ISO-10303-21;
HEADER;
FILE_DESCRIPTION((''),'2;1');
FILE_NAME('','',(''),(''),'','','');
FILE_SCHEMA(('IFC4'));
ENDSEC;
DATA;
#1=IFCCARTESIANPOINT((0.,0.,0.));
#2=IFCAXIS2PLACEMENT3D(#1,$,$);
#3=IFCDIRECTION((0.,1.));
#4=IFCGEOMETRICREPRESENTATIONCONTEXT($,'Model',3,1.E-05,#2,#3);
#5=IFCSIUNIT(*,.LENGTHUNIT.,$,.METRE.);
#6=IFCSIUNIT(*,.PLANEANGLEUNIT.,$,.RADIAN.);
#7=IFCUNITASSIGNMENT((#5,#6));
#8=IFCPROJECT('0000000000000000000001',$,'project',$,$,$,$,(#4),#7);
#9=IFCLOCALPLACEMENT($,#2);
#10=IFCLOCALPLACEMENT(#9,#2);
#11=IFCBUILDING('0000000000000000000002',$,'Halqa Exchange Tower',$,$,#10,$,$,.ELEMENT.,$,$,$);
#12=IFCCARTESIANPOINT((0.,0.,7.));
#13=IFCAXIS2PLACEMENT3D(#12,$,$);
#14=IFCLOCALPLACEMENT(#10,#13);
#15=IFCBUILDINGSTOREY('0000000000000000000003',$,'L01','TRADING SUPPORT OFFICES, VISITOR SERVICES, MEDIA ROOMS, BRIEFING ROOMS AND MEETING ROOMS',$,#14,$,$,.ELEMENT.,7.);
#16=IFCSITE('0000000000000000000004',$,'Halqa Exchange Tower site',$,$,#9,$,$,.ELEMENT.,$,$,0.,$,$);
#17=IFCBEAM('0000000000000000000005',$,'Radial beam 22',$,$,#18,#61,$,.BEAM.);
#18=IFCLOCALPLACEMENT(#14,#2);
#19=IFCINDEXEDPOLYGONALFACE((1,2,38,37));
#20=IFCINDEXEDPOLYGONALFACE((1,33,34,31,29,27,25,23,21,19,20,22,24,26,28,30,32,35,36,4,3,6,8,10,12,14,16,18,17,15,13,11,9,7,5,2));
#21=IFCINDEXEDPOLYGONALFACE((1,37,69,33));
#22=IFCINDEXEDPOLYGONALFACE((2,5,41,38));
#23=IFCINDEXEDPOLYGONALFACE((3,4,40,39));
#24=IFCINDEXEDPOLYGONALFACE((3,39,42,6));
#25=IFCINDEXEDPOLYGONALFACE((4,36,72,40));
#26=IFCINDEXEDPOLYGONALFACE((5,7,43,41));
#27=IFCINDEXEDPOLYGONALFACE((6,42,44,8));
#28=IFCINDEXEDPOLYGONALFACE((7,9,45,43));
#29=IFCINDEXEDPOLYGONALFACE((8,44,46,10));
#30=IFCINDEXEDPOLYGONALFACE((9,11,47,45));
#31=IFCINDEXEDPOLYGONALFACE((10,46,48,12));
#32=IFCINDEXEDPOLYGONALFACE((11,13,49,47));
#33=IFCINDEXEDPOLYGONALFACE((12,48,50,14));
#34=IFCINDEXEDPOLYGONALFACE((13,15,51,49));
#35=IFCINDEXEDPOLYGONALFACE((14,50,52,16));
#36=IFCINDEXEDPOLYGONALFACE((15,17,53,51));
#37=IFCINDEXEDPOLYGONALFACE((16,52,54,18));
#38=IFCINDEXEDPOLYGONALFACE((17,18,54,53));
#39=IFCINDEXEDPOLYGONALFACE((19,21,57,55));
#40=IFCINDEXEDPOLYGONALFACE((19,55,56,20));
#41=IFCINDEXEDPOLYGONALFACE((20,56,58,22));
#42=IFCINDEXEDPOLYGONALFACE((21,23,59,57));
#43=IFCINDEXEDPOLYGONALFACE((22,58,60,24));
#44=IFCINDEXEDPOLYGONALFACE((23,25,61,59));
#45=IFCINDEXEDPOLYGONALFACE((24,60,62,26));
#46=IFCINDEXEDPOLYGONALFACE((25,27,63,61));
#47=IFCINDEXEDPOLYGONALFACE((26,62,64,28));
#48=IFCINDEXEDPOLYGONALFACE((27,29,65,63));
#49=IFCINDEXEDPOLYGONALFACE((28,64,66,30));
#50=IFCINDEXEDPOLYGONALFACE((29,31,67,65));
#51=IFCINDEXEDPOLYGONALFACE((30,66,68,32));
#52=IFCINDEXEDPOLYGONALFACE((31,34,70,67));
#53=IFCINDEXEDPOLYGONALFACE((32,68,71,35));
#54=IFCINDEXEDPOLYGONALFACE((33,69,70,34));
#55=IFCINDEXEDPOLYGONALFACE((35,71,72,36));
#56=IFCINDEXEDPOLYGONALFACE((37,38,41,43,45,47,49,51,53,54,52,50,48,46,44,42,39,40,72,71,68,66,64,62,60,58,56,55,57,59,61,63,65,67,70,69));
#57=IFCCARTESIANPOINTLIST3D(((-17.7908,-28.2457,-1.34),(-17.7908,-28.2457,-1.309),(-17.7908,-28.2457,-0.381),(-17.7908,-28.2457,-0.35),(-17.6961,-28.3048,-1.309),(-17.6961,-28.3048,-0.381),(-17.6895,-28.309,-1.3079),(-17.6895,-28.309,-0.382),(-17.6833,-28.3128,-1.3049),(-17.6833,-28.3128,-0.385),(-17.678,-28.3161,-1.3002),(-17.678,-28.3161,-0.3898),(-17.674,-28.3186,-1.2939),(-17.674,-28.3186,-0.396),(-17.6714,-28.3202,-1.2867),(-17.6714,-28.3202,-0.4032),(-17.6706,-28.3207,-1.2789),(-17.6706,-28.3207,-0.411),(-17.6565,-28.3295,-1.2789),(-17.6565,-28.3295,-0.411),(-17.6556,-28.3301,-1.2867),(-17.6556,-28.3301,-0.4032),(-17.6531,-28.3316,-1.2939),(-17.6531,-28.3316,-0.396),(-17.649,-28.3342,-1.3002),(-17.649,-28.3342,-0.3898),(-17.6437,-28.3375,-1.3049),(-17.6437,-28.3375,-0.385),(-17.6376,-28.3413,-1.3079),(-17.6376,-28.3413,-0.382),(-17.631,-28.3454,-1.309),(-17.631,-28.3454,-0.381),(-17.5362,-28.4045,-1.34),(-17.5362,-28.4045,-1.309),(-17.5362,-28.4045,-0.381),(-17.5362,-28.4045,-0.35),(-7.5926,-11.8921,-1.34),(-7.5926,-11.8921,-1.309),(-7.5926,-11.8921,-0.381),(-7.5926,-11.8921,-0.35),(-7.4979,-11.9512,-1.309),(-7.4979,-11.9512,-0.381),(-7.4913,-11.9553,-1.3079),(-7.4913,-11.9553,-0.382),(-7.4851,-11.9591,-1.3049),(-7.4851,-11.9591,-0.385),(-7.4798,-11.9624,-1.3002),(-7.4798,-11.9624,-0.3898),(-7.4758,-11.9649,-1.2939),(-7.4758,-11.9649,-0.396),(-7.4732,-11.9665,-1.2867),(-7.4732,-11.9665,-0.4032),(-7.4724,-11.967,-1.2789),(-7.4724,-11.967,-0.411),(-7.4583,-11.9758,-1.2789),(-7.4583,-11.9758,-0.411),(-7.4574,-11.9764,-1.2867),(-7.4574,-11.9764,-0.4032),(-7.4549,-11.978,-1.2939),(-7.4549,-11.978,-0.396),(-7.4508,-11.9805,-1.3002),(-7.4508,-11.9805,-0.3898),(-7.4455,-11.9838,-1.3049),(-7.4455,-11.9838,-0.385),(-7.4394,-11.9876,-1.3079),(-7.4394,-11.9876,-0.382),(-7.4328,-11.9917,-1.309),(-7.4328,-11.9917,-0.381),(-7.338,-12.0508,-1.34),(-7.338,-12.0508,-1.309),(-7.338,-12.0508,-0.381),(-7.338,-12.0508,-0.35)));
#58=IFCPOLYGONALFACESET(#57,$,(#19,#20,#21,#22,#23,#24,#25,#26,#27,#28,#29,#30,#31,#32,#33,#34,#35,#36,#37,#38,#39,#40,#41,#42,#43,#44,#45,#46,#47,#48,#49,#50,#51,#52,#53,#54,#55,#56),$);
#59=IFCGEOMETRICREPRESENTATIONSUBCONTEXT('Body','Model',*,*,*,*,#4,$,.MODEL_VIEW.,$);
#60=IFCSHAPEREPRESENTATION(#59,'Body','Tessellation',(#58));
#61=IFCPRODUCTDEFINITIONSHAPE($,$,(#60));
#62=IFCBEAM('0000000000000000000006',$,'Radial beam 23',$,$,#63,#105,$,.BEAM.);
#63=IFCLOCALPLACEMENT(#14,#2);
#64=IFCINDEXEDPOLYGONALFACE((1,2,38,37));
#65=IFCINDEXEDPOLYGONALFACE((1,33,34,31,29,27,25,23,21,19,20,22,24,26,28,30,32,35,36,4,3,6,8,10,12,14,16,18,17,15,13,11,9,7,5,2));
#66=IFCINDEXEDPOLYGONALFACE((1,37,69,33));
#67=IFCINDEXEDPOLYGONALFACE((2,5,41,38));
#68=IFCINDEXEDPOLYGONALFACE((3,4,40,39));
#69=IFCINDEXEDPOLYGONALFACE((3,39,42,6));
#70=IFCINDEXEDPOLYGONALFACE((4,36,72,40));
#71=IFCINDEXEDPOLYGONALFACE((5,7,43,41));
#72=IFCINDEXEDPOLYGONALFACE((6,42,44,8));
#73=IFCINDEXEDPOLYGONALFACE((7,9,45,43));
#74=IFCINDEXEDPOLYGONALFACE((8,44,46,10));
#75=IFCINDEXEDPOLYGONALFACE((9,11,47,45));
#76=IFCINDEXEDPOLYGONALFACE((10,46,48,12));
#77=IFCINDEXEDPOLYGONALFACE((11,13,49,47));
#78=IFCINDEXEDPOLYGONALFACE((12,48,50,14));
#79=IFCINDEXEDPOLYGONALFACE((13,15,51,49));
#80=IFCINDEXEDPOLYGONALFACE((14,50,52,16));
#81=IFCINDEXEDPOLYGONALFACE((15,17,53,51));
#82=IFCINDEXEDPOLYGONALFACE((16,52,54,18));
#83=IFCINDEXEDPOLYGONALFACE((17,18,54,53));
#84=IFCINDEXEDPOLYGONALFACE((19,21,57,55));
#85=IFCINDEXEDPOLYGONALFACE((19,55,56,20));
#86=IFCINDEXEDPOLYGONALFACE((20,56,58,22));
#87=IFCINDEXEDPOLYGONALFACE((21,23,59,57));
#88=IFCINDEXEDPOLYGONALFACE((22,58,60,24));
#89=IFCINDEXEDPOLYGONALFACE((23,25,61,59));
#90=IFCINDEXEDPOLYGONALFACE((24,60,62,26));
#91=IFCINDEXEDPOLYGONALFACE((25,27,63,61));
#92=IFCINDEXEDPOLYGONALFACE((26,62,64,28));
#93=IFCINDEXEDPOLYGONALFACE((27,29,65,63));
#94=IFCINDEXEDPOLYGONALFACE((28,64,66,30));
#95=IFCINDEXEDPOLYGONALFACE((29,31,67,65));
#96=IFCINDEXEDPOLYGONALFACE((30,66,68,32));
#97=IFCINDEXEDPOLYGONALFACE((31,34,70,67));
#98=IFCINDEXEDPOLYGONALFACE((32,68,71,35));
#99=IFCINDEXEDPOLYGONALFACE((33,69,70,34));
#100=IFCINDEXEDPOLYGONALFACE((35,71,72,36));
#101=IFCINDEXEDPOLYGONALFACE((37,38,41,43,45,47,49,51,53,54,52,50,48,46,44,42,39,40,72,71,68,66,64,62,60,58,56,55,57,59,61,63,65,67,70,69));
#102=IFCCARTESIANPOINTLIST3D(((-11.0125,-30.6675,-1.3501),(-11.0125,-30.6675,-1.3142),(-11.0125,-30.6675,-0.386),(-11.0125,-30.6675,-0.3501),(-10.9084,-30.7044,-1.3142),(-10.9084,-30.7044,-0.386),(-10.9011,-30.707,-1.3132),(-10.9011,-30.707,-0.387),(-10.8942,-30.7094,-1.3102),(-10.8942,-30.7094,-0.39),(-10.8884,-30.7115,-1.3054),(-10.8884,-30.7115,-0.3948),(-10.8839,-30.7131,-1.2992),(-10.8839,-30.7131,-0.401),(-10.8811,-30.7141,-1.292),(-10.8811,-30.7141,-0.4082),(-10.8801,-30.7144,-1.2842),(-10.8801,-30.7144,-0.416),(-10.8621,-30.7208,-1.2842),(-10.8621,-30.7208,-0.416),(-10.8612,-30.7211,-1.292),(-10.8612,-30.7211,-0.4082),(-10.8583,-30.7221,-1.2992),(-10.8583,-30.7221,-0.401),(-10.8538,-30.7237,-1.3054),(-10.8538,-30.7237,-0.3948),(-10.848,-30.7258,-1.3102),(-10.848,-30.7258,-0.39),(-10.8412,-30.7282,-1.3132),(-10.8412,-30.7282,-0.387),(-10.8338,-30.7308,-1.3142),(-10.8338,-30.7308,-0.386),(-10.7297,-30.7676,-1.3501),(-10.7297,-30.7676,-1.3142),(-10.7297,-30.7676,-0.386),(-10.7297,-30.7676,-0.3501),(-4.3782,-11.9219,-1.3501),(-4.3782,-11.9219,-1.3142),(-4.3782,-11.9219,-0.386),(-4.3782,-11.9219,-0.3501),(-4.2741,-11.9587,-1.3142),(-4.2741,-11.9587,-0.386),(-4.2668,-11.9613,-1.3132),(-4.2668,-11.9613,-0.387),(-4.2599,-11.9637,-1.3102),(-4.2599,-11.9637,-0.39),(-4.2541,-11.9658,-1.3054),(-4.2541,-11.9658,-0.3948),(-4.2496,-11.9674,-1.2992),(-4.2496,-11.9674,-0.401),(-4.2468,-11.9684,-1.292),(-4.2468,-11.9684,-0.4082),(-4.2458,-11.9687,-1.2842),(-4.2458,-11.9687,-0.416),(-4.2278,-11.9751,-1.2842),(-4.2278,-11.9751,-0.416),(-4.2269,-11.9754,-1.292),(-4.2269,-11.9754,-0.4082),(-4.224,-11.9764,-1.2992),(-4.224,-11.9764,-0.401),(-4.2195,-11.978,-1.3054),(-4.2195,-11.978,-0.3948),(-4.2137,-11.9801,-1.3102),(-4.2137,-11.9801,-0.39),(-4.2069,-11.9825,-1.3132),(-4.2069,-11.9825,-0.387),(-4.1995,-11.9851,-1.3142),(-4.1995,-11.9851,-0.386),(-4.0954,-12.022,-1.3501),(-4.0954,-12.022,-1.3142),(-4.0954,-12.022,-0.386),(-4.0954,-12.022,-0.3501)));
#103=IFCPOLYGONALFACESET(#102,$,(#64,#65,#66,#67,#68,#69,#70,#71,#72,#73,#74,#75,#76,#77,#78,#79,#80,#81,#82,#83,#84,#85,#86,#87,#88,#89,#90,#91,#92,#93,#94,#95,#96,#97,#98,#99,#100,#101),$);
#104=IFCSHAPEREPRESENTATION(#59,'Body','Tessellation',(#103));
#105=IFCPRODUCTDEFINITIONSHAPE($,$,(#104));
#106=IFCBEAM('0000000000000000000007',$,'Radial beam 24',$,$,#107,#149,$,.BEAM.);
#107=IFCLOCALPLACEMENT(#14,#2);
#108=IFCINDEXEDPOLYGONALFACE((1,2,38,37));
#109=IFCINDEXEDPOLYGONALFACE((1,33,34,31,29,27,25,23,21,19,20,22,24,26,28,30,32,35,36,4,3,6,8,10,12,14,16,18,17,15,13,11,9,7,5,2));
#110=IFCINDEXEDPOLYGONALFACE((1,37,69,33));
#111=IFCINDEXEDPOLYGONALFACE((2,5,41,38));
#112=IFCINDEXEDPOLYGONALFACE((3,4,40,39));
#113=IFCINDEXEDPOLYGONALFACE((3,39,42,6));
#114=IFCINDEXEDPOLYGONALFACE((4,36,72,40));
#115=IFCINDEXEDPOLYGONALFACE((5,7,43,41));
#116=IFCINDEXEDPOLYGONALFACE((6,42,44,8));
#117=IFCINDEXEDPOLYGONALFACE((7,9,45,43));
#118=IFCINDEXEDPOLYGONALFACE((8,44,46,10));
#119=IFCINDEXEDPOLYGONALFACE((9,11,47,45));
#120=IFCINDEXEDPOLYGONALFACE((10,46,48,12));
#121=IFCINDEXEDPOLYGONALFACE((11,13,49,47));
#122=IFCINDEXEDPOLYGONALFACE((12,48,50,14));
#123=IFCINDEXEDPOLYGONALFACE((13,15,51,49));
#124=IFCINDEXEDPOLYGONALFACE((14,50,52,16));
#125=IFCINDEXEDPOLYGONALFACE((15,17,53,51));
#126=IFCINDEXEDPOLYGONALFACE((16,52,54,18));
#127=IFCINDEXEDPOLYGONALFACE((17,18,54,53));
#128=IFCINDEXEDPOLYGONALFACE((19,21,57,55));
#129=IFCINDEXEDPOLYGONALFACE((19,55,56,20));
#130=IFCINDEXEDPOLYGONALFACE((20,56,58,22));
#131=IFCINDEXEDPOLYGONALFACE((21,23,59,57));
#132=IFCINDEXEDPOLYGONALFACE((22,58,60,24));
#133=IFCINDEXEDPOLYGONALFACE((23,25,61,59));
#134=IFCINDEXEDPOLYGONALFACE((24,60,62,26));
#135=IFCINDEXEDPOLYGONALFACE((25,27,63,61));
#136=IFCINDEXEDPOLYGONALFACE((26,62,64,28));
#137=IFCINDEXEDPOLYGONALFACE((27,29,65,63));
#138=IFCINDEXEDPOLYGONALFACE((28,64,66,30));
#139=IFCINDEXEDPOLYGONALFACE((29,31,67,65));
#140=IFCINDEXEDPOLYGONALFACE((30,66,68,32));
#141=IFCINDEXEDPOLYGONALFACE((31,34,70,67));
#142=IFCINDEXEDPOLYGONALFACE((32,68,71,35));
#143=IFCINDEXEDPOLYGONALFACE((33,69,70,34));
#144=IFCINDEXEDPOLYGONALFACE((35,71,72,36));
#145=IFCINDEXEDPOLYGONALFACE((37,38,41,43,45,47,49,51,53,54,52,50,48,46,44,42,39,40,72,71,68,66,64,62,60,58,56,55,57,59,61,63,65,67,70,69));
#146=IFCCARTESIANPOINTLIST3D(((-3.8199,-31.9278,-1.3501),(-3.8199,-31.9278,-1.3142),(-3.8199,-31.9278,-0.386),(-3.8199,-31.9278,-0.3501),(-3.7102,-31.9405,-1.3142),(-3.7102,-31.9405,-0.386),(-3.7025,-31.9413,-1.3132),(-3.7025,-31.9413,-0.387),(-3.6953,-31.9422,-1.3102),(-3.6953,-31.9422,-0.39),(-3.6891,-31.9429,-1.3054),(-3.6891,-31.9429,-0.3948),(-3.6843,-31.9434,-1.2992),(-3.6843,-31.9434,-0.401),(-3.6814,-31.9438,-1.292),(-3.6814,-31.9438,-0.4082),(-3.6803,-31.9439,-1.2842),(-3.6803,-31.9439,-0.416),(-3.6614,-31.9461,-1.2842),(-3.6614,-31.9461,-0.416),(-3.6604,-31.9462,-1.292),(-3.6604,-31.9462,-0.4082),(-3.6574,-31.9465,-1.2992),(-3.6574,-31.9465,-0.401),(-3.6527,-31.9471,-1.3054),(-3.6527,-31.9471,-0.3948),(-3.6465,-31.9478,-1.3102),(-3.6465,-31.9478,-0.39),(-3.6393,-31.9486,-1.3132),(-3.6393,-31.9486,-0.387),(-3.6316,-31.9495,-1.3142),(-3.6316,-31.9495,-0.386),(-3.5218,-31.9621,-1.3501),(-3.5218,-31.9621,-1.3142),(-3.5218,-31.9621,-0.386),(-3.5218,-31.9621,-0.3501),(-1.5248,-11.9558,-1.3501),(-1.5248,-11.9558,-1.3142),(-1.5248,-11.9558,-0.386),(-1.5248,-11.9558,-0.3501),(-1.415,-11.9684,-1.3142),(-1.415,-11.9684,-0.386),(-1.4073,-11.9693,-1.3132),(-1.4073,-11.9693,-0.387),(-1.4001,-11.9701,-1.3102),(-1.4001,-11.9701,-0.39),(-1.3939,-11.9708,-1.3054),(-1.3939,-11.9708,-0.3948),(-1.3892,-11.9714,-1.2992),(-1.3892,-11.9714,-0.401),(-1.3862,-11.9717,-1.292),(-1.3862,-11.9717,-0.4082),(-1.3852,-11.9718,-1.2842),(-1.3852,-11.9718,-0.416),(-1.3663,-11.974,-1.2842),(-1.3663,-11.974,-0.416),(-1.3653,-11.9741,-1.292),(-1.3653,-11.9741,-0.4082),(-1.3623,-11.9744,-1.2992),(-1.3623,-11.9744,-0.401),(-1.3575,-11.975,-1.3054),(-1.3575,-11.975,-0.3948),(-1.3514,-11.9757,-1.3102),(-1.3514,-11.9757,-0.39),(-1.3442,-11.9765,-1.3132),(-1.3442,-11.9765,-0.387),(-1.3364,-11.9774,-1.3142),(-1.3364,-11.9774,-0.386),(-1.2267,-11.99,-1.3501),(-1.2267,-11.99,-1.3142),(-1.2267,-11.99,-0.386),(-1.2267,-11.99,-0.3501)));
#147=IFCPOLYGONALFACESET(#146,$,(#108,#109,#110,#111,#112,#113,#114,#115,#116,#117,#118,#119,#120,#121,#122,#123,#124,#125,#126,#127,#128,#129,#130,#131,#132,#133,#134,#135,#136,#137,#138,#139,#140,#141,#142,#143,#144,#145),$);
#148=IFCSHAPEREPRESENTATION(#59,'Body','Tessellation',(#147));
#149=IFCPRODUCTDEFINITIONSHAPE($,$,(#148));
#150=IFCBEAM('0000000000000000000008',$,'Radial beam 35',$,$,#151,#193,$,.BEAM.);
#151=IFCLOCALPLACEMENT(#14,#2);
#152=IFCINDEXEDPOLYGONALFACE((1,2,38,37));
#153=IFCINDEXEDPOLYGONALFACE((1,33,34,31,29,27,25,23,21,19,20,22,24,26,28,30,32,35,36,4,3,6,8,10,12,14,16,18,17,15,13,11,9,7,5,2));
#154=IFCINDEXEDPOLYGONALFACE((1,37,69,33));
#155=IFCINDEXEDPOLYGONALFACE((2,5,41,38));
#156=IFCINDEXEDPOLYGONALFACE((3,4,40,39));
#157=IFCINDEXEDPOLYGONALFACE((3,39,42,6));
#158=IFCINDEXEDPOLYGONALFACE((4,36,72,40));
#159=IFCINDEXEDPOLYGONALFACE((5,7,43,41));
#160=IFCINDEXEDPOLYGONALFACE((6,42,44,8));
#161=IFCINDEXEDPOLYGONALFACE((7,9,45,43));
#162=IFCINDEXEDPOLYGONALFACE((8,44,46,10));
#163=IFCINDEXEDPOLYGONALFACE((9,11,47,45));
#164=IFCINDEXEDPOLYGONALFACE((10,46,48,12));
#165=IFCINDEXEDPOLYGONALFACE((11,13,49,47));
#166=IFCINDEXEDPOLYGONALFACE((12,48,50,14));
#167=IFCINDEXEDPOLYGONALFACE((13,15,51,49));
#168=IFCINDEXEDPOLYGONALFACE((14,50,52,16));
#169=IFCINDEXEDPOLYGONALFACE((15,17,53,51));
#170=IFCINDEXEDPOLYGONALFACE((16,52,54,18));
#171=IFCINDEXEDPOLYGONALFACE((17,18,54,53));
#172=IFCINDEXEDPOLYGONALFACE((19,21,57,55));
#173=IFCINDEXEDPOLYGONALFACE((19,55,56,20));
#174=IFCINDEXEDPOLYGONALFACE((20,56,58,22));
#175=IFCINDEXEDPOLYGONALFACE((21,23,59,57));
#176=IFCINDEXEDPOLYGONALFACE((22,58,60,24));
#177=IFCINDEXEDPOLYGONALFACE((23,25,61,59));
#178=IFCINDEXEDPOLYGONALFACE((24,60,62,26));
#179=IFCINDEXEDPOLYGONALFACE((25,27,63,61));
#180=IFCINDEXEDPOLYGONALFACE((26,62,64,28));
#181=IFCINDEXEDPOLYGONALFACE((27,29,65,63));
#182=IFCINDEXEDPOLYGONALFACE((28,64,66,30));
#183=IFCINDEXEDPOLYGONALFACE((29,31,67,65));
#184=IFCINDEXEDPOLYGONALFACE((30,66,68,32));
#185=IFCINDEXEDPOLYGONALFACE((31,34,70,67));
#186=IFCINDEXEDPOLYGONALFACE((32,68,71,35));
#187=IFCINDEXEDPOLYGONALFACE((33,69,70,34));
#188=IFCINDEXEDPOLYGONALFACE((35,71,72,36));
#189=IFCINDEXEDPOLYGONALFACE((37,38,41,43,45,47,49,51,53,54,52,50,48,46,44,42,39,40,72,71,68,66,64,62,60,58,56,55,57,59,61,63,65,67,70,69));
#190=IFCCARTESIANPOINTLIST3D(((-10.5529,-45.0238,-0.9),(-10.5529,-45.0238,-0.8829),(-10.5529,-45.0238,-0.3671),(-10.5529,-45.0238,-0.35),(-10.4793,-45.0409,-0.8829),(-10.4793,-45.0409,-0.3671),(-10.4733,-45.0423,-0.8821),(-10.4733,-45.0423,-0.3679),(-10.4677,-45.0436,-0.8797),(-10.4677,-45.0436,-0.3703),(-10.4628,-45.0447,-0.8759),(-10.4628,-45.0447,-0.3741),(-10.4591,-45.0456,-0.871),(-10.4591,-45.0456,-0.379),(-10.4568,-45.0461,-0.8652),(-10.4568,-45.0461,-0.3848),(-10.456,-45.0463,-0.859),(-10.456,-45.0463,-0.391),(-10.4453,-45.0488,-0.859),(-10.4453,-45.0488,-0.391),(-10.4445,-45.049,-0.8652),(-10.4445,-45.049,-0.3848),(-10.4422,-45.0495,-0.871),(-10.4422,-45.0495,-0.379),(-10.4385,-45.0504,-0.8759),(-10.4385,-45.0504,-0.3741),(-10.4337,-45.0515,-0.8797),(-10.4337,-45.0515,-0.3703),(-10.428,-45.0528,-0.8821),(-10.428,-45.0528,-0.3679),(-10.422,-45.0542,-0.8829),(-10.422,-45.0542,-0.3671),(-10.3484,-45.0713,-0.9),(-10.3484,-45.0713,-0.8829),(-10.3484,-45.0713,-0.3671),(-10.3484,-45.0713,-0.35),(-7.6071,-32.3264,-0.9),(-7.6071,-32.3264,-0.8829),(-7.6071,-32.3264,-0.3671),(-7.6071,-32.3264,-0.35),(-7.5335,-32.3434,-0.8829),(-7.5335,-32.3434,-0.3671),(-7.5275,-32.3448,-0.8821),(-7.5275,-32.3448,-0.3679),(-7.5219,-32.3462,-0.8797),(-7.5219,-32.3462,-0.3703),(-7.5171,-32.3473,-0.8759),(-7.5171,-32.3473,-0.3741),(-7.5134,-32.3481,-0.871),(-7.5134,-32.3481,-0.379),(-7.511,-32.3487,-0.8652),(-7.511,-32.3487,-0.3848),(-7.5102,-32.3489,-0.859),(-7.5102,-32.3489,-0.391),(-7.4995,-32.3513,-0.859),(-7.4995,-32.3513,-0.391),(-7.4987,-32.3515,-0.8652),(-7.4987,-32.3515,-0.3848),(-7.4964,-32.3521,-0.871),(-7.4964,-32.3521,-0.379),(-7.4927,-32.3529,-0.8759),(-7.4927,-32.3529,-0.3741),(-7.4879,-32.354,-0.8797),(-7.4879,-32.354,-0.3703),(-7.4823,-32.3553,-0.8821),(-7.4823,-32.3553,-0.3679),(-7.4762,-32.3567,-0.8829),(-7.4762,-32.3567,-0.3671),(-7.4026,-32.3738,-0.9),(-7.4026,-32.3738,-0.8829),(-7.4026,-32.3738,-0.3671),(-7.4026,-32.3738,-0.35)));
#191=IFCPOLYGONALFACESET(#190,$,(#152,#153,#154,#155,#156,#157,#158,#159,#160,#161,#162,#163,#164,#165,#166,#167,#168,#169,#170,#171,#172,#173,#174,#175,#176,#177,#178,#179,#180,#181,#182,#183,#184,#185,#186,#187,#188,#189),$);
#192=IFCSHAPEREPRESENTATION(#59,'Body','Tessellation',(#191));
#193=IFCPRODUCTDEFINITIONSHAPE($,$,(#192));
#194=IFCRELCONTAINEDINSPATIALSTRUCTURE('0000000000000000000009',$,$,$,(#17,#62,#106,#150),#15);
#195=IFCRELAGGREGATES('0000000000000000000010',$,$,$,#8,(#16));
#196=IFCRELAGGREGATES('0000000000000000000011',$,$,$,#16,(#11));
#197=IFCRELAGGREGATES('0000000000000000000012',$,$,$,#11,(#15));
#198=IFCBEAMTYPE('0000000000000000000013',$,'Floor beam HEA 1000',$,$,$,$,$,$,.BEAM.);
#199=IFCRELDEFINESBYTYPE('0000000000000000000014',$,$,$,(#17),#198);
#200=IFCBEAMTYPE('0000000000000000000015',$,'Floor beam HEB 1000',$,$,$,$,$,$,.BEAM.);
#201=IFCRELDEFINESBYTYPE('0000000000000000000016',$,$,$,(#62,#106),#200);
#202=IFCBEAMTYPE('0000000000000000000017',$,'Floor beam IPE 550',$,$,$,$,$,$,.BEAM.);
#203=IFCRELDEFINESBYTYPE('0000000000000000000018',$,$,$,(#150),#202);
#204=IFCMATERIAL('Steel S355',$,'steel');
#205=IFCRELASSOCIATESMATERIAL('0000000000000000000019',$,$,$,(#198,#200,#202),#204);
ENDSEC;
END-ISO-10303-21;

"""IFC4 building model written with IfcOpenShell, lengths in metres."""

from ifc_helpers import new_model, si_unit, direction, frame, origin, origin_2d, place, context, subcontext, project, spatial, i_section, extrude, material, material_profile, profile_set, type_object, element, save


model = new_model("IFC4")

# Units and contexts
model_context = context("Model", 3, precision=1e-05, world=origin(), true_north=direction((0.0, 1.0)))
body_context = subcontext(model_context, "Body", "Model", "MODEL_VIEW")
ifc_project = project(units=[si_unit("LENGTHUNIT", "METRE"), si_unit("PLANEANGLEUNIT", "RADIAN")], contexts=[model_context])

# Site, building, storey
site_placement = place(None, origin())
site = spatial("IfcSite", under=ifc_project, at=site_placement, Name="Halqa Exchange Tower site", CompositionType="ELEMENT", RefElevation=0.0)
building_placement = place(site_placement, origin())
building = spatial("IfcBuilding", under=site, at=building_placement, Name="Halqa Exchange Tower", CompositionType="ELEMENT")
storey_placement = place(building_placement, frame((0.0, 0.0, 7.0)))
storey = spatial("IfcBuildingStorey", under=building, at=storey_placement, Name="L01", Description="TRADING SUPPORT OFFICES, VISITOR SERVICES, MEDIA ROOMS, BRIEFING ROOMS AND MEETING ROOMS", CompositionType="ELEMENT", Elevation=7.0)

# Beams
ifc_material_1 = material(Name="Steel S355", Category="steel")
ifc_material_profile_1 = material_profile(ifc_material_1, i_section(OverallWidth=0.3, OverallDepth=0.99, WebThickness=0.0166, FlangeThickness=0.031, FilletRadius=0.03, at=origin_2d()), Name="HEA 1000")
ifc_profile_set_1 = profile_set([ifc_material_profile_1], Name="Steel S355")
beam_type_1 = type_object("IfcBeamType", Name="Floor beam HEA 1000", PredefinedType="BEAM", material=ifc_profile_set_1)
beam_1_placement = place(storey_placement, frame((-7.4653, -11.9714, -0.845), z_axis=(-0.529146, -0.848531, 0.0), x_axis=(0.848531, -0.529146, 0.0)))
element("IfcBeam", 1, at=beam_1_placement, inside=storey, type_object=beam_type_1, Name="Radial beam 22", PredefinedType="BEAM", context=body_context, shape_type="SweptSolid", body=[
    extrude(i_section(OverallWidth=0.3, OverallDepth=0.99, WebThickness=0.0166, FlangeThickness=0.031, FilletRadius=0.03, at=origin_2d()), origin(), (0.0, 0.0, 1.0), 19.2729),
])
ifc_material_profile_2 = material_profile(ifc_material_1, i_section(OverallWidth=0.3, OverallDepth=1.0, WebThickness=0.019, FlangeThickness=0.0359, FilletRadius=0.03, at=origin_2d()), Name="HEB 1000")
ifc_profile_set_2 = profile_set([ifc_material_profile_2], Name="Steel S355")
beam_type_2 = type_object("IfcBeamType", Name="Floor beam HEB 1000", PredefinedType="BEAM", material=ifc_profile_set_2)
beam_2_placement = place(storey_placement, frame((-4.2368, -11.9719, -0.8501), z_axis=(-0.333633, -0.942703, 0.0), x_axis=(0.942703, -0.333633, 0.0)))
element("IfcBeam", 2, at=beam_2_placement, inside=storey, type_object=beam_type_2, Name="Radial beam 23", PredefinedType="BEAM", context=body_context, shape_type="SweptSolid", body=[
    extrude(i_section(OverallWidth=0.3, OverallDepth=1.0, WebThickness=0.019, FlangeThickness=0.0359, FilletRadius=0.03, at=origin_2d()), origin(), (0.0, 0.0, 1.0), 19.885),
])
beam_3_placement = place(storey_placement, frame((-1.3757, -11.9729, -0.8501), z_axis=(-0.114167, -0.993462, 0.0), x_axis=(0.993462, -0.114167, 0.0)))
element("IfcBeam", 3, at=beam_3_placement, inside=storey, type_object=beam_type_2, Name="Radial beam 24", PredefinedType="BEAM", context=body_context, shape_type="SweptSolid", body=[
    extrude(i_section(OverallWidth=0.3, OverallDepth=1.0, WebThickness=0.019, FlangeThickness=0.0359, FilletRadius=0.03, at=origin_2d()), origin(), (0.0, 0.0, 1.0), 20.1035),
])
ifc_material_profile_3 = material_profile(ifc_material_1, i_section(OverallWidth=0.21, OverallDepth=0.55, WebThickness=0.011, FlangeThickness=0.0171, FilletRadius=0.0239, at=origin_2d()), Name="IPE 550")
ifc_profile_set_3 = profile_set([ifc_material_profile_3], Name="Steel S355")
beam_type_3 = type_object("IfcBeamType", Name="Floor beam IPE 550", PredefinedType="BEAM", material=ifc_profile_set_3)
beam_4_placement = place(storey_placement, frame((-7.5049, -32.3501, -0.625), z_axis=(-0.225996, -0.974128, 0.0), x_axis=(0.974128, -0.225996, 0.0)))
element("IfcBeam", 4, at=beam_4_placement, inside=storey, type_object=beam_type_3, Name="Radial beam 35", PredefinedType="BEAM", context=body_context, shape_type="SweptSolid", body=[
    extrude(i_section(OverallWidth=0.21, OverallDepth=0.55, WebThickness=0.011, FlangeThickness=0.0171, FilletRadius=0.0239, at=origin_2d()), origin(), (0.0, 0.0, 1.0), 13.0347),
])

save(model, "model.ifc")
